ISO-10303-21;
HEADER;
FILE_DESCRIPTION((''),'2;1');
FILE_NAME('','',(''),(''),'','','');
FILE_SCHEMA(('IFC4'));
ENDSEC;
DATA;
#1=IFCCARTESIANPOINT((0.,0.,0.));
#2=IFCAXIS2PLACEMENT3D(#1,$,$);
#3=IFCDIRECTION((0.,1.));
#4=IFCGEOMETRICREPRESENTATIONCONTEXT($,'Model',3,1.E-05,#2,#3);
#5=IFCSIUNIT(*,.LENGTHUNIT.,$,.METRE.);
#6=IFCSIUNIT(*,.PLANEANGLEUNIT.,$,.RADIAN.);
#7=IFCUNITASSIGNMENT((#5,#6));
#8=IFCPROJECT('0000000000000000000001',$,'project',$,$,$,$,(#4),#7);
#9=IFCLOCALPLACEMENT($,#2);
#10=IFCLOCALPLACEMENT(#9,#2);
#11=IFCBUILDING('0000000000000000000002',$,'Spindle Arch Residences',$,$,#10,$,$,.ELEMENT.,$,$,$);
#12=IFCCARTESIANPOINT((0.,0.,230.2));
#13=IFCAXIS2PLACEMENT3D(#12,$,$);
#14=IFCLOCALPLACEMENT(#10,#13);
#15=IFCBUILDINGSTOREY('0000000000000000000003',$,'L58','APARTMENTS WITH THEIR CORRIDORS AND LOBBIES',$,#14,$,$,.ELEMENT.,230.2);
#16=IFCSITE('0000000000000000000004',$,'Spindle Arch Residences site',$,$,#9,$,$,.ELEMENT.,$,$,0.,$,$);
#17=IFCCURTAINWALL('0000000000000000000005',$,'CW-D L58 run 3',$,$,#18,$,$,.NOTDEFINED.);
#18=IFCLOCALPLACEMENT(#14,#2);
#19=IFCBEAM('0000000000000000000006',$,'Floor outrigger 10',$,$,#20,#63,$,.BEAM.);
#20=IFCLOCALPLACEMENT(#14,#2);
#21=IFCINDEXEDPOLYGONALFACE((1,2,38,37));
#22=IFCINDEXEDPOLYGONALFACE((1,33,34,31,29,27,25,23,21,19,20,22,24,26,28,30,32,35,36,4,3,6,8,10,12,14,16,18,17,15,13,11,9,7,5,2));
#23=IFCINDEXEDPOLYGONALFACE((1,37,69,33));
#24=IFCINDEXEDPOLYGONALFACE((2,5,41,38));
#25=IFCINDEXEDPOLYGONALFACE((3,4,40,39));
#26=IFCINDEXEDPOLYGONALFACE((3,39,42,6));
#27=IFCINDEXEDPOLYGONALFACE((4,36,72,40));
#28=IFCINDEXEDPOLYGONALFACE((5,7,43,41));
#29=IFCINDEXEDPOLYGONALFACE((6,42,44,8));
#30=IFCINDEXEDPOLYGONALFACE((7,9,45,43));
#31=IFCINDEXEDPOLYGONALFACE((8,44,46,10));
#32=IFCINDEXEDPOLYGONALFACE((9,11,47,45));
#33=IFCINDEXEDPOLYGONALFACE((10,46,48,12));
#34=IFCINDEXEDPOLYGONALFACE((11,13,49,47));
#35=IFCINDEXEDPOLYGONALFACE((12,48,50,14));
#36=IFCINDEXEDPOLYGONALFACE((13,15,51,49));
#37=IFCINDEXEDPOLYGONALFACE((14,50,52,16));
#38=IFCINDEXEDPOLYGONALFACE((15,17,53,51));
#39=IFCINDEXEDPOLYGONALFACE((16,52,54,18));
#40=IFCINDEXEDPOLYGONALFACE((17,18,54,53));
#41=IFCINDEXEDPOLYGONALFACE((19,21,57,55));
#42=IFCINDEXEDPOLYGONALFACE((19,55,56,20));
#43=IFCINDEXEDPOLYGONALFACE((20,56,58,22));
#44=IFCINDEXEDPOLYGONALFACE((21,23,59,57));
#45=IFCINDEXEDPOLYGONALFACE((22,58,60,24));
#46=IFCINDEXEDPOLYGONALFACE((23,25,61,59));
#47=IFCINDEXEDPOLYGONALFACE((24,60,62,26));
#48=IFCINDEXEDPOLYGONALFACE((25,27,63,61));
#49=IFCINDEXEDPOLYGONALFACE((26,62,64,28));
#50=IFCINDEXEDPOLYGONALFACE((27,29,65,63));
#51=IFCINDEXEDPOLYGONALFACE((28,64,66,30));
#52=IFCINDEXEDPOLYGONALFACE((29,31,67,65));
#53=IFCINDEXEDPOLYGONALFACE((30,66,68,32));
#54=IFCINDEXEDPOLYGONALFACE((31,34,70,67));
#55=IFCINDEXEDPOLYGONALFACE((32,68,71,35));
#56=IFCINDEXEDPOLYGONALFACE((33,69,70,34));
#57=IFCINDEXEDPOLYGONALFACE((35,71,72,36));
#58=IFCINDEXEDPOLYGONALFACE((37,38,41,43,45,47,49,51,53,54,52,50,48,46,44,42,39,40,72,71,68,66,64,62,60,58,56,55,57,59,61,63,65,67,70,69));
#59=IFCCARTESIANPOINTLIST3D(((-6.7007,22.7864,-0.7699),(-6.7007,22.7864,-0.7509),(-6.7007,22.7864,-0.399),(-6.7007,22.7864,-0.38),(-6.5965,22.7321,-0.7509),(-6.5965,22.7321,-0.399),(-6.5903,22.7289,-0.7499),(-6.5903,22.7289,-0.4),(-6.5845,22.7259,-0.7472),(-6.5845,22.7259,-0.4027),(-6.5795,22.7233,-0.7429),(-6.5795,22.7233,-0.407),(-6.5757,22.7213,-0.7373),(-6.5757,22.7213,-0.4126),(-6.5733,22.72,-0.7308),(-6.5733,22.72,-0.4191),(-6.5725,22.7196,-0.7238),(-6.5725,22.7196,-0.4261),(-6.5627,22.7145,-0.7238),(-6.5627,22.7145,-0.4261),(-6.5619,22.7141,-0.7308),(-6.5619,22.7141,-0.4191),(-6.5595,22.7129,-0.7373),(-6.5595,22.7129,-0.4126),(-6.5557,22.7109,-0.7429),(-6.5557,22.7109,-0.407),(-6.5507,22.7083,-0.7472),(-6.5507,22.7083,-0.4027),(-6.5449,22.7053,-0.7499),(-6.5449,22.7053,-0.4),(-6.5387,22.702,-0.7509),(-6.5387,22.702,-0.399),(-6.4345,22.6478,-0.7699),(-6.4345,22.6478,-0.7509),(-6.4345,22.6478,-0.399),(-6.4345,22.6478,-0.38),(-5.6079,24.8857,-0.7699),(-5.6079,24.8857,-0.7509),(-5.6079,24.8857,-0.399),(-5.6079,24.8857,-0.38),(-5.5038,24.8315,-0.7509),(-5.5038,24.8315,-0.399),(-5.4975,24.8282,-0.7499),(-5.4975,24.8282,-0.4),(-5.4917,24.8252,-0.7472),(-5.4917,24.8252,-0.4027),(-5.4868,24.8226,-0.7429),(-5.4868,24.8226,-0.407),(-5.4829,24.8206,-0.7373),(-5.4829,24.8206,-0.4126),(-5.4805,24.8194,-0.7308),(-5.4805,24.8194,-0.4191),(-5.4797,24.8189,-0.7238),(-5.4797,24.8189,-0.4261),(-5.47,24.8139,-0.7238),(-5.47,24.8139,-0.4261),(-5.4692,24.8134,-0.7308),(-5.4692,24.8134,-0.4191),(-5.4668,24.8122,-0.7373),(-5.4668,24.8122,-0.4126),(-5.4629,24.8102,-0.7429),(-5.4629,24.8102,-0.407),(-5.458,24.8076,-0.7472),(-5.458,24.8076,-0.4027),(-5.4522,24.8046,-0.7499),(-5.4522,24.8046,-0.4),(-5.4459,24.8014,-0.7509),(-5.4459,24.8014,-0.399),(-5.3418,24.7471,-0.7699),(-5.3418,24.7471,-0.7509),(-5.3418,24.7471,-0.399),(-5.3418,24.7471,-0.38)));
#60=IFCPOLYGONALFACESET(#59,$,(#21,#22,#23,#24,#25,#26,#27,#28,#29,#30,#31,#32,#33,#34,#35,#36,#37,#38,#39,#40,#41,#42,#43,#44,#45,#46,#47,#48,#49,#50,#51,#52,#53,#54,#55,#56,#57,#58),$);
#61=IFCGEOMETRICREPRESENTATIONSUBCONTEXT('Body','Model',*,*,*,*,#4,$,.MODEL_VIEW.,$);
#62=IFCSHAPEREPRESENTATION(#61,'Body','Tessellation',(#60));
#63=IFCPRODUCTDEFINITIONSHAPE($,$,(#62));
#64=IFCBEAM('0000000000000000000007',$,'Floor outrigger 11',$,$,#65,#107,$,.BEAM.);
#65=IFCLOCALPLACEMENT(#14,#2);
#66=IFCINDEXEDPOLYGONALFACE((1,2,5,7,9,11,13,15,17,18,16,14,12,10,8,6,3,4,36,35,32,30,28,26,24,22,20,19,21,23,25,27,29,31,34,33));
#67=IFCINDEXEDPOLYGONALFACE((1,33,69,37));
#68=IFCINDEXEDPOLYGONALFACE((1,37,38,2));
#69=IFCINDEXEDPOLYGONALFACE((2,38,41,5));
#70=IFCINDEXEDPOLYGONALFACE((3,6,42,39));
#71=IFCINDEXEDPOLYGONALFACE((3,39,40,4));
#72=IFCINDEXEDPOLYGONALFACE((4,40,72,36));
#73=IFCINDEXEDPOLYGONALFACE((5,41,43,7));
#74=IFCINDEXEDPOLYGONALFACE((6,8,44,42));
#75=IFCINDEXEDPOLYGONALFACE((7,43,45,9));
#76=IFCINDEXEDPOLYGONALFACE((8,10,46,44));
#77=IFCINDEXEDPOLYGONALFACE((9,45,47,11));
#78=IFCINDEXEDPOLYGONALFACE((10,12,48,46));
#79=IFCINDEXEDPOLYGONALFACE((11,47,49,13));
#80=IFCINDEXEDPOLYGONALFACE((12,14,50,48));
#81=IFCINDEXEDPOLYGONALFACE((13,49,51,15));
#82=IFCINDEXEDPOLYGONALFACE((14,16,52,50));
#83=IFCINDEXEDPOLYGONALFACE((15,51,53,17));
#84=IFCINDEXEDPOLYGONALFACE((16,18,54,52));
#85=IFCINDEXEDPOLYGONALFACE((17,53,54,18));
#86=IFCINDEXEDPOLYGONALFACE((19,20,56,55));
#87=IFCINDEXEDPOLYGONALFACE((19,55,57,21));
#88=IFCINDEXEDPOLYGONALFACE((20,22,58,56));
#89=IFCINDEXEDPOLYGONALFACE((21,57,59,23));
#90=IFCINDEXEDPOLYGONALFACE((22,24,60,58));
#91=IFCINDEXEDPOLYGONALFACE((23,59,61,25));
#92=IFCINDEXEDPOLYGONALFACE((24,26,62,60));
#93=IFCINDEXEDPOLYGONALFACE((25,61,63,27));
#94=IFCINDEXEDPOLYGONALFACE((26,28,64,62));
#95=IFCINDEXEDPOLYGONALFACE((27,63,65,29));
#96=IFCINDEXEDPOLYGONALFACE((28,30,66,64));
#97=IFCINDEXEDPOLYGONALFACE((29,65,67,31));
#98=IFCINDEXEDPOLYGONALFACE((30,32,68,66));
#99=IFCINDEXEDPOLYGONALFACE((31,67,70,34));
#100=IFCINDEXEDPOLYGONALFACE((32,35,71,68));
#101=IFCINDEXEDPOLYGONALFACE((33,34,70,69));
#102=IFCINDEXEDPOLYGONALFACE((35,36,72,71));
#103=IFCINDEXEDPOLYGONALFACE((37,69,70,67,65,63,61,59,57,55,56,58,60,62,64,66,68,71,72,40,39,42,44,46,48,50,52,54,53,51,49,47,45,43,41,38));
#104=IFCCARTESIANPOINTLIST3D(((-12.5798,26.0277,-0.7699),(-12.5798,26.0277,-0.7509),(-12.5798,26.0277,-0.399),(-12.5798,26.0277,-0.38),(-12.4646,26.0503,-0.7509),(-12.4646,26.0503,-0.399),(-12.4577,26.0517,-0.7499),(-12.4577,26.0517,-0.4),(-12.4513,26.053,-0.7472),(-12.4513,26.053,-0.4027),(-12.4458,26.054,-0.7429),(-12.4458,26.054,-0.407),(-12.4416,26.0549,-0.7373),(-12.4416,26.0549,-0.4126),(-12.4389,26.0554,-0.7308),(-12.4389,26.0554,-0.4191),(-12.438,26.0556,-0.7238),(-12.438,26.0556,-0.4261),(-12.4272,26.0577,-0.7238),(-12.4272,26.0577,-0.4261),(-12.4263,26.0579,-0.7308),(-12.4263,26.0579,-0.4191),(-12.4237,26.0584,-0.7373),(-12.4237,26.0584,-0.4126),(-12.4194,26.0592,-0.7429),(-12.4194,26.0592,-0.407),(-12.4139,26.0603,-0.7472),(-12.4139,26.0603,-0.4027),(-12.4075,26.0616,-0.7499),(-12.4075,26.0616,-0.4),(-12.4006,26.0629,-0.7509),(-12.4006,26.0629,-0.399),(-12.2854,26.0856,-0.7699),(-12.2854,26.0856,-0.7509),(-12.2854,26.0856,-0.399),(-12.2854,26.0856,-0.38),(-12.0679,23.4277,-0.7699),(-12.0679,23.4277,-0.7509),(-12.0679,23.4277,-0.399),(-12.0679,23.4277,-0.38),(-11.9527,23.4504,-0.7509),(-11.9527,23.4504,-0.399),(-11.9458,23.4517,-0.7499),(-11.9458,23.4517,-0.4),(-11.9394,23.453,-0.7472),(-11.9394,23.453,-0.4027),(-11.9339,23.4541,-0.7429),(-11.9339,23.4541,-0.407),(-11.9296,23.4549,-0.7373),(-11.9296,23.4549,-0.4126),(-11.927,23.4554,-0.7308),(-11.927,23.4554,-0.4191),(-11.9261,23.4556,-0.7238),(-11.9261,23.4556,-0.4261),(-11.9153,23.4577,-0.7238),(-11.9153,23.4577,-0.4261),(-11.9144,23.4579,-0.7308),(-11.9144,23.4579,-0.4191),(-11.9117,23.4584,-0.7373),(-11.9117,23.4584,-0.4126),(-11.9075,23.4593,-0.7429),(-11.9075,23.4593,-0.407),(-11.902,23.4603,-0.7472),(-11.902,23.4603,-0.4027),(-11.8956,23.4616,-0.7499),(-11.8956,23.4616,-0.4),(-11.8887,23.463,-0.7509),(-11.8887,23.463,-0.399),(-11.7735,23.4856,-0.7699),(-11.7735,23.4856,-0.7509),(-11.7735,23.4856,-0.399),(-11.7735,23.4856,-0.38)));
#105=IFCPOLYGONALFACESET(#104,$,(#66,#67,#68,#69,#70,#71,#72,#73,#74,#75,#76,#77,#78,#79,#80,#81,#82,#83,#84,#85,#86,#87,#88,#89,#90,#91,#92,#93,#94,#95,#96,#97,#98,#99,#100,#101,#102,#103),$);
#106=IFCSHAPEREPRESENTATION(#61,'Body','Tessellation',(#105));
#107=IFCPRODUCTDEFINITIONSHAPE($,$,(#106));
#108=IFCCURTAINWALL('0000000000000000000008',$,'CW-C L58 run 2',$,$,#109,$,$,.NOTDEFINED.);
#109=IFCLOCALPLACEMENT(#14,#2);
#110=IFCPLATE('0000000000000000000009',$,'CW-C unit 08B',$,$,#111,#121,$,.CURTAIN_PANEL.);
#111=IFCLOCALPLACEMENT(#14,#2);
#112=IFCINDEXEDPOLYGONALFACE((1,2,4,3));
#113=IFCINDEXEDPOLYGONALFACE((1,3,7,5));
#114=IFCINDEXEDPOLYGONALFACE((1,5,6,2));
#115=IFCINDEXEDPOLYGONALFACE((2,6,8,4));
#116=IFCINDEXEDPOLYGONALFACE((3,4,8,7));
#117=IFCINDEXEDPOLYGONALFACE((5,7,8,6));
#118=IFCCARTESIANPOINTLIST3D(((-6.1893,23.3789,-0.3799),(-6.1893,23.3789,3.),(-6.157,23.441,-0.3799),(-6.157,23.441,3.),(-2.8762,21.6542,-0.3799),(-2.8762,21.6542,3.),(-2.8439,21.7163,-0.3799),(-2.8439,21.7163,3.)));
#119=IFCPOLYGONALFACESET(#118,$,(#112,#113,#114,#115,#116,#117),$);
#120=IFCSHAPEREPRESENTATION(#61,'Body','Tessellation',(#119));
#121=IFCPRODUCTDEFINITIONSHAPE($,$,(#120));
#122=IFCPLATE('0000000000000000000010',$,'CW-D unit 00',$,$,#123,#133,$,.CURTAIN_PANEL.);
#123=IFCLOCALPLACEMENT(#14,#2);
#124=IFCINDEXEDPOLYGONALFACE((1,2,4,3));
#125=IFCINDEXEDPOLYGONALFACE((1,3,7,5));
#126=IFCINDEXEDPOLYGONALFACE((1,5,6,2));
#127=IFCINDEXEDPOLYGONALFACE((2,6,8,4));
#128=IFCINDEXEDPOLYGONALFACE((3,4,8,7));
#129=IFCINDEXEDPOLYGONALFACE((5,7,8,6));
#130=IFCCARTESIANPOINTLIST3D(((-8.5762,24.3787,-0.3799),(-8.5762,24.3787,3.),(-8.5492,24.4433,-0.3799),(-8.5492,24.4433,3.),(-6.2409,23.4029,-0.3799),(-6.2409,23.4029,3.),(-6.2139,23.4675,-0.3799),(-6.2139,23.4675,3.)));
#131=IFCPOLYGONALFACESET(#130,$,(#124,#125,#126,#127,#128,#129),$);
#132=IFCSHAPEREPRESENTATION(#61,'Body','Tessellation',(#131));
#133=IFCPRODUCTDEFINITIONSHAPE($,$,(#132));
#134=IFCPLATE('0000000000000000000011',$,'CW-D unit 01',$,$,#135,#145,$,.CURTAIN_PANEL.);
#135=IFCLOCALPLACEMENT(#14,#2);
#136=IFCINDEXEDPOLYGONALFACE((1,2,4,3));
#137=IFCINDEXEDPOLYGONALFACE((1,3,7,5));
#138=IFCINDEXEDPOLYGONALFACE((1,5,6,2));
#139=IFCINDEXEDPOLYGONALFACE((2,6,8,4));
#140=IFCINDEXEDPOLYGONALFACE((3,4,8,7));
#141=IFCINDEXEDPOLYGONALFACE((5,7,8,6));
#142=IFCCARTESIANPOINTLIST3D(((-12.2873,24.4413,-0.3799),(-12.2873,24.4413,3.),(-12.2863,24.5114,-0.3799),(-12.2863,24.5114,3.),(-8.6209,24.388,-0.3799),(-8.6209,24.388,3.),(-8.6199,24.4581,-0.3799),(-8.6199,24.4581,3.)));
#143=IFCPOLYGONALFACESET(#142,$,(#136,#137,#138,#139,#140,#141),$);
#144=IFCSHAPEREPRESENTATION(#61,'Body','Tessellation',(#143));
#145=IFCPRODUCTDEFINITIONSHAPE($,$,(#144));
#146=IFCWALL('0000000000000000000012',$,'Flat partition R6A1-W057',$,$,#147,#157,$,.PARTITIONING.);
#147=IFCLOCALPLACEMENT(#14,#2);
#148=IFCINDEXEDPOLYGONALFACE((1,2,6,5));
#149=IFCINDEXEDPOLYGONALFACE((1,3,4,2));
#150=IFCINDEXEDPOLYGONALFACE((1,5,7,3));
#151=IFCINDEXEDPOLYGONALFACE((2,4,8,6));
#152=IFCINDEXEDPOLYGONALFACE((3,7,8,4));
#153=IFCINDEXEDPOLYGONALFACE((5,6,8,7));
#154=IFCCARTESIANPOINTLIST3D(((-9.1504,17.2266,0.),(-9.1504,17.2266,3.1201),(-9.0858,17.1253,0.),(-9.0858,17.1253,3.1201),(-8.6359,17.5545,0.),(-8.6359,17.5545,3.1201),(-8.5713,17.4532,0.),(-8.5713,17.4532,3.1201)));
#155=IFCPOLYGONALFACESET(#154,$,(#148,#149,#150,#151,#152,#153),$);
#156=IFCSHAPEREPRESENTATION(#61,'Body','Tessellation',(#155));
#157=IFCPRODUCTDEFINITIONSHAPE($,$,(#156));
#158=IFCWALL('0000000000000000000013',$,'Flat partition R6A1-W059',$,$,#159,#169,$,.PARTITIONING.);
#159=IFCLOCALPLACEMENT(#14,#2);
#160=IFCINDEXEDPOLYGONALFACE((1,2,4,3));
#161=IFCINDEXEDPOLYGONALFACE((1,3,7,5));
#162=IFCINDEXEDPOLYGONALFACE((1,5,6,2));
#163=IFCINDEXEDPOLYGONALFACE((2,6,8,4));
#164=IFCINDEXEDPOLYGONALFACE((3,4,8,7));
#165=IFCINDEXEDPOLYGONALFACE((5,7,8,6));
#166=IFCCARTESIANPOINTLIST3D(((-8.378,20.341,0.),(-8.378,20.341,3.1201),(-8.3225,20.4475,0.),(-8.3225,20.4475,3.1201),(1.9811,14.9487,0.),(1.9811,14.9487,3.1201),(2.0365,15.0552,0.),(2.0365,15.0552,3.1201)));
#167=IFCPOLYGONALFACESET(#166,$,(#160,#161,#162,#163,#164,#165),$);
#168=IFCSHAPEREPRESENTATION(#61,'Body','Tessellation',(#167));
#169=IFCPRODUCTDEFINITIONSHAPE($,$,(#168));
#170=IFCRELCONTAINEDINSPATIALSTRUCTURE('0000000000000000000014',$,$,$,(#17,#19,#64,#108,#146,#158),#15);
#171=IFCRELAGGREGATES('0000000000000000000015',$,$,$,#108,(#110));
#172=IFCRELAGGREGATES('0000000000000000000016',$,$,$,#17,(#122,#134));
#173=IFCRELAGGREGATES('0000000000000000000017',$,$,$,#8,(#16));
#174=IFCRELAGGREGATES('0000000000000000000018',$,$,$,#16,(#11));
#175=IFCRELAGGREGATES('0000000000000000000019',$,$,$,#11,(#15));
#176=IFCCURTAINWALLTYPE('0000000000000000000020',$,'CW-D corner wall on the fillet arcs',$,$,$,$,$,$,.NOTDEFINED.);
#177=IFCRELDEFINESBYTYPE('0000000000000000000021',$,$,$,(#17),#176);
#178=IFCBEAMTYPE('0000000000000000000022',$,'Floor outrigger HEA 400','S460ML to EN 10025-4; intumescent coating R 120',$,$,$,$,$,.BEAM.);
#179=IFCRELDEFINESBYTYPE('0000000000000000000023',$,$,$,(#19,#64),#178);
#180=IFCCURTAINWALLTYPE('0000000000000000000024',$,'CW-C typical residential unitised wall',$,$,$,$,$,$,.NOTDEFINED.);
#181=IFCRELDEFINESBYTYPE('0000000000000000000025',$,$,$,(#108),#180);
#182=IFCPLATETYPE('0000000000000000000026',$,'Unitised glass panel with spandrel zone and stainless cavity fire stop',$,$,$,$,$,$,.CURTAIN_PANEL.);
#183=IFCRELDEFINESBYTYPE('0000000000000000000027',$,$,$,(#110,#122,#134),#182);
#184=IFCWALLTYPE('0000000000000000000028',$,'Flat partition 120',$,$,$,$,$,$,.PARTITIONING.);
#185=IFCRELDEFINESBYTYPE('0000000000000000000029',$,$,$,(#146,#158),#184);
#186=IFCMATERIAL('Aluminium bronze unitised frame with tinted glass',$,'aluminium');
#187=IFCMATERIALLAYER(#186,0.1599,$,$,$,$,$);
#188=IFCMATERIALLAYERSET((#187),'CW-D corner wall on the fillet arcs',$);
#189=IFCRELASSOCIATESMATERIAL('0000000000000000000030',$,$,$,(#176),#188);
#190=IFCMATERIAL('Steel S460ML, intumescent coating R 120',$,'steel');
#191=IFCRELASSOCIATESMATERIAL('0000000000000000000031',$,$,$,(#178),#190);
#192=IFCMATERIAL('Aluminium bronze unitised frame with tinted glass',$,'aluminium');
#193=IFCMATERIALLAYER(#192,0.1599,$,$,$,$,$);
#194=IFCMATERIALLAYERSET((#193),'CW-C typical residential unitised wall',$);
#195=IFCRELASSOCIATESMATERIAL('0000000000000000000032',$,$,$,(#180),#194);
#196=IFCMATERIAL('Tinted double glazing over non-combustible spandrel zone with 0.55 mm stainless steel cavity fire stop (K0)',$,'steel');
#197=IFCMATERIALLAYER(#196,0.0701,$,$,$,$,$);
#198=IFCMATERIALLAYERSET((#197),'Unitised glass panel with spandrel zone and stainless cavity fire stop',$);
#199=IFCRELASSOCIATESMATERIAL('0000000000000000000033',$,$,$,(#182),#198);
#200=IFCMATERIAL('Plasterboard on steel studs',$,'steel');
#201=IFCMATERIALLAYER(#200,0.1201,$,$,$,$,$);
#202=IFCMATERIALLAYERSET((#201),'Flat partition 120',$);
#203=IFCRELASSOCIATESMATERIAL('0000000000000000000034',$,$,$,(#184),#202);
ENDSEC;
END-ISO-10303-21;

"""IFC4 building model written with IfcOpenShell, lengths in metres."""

from ifc_helpers import new_model, si_unit, direction, frame, frame_2d, origin, origin_2d, place, context, subcontext, project, spatial, rectangle, i_section, extrude, material, layer, layer_set, material_profile, profile_set, type_object, element, aggregate, save


model = new_model("IFC4")

# Units and contexts
model_context = context("Model", 3, precision=1e-05, world=origin(), true_north=direction((0.0, 1.0)))
body_context = subcontext(model_context, "Body", "Model", "MODEL_VIEW")
ifc_project = project(units=[si_unit("LENGTHUNIT", "METRE"), si_unit("PLANEANGLEUNIT", "RADIAN")], contexts=[model_context])

# Site, building, storey
site_placement = place(None, origin())
site = spatial("IfcSite", under=ifc_project, at=site_placement, Name="Spindle Arch Residences site", CompositionType="ELEMENT", RefElevation=0.0)
building_placement = place(site_placement, origin())
building = spatial("IfcBuilding", under=site, at=building_placement, Name="Spindle Arch Residences", CompositionType="ELEMENT")
storey_placement = place(building_placement, frame((0.0, 0.0, 230.2)))
storey = spatial("IfcBuildingStorey", under=building, at=storey_placement, Name="L58", Description="APARTMENTS WITH THEIR CORRIDORS AND LOBBIES", CompositionType="ELEMENT", Elevation=230.2)

# Curtain wall
ifc_material_1 = material(Name="Aluminium bronze unitised frame with tinted glass", Category="aluminium")
ifc_layer_1 = layer(ifc_material_1, 0.1599)
ifc_layer_set_1 = layer_set([ifc_layer_1], Name="CW-D corner wall on the fillet arcs")
curtain_wall_type_1 = type_object("IfcCurtainWallType", Name="CW-D corner wall on the fillet arcs", PredefinedType="NOTDEFINED", material=ifc_layer_set_1)
curtain_wall_1_placement = place(storey_placement, origin())
curtain_wall_1 = element("IfcCurtainWall", 1, at=curtain_wall_1_placement, inside=storey, type_object=curtain_wall_type_1, Name="CW-D L58 run 3", PredefinedType="NOTDEFINED")

# Beams
ifc_material_2 = material(Name="Steel S460ML, intumescent coating R 120", Category="steel")
ifc_material_profile_1 = material_profile(ifc_material_2, i_section(OverallWidth=0.3, OverallDepth=0.3899, WebThickness=0.011, FlangeThickness=0.019, FilletRadius=0.0271, at=origin_2d()), Name="HEA 400")
ifc_profile_set_1 = profile_set([ifc_material_profile_1], Name="Steel S460ML, intumescent coating R 120")
beam_type_1 = type_object("IfcBeamType", Name="Floor outrigger HEA 400", Description="S460ML to EN 10025-4; intumescent coating R 120", PredefinedType="BEAM", material=ifc_profile_set_1)
beam_1_placement = place(storey_placement, frame((-5.4749, 24.8164, -0.575), z_axis=(-0.46172, -0.887026, 0.0), x_axis=(0.887026, -0.46172, 0.0)))
element("IfcBeam", 2, at=beam_1_placement, inside=storey, type_object=beam_type_1, Name="Floor outrigger 10", PredefinedType="BEAM", context=body_context, shape_type="SweptSolid", body=[
    extrude(i_section(OverallWidth=0.3, OverallDepth=0.3899, WebThickness=0.011, FlangeThickness=0.019, FilletRadius=0.0271, at=origin_2d()), origin(), (0.0, 0.0, 1.0), 2.3667),
])
beam_2_placement = place(storey_placement, frame((-12.4326, 26.0566, -0.575), z_axis=(0.193192, -0.981161, 0.0), x_axis=(0.981161, 0.193192, 0.0)))
element("IfcBeam", 3, at=beam_2_placement, inside=storey, type_object=beam_type_1, Name="Floor outrigger 11", PredefinedType="BEAM", context=body_context, shape_type="SweptSolid", body=[
    extrude(i_section(OverallWidth=0.3, OverallDepth=0.3899, WebThickness=0.011, FlangeThickness=0.019, FilletRadius=0.0271, at=origin_2d()), origin(), (0.0, 0.0, 1.0), 2.6499),
])

# Curtain wall, plate
ifc_material_3 = material(Name="Aluminium bronze unitised frame with tinted glass", Category="aluminium")
ifc_layer_2 = layer(ifc_material_3, 0.1599)
ifc_layer_set_2 = layer_set([ifc_layer_2], Name="CW-C typical residential unitised wall")
curtain_wall_type_2 = type_object("IfcCurtainWallType", Name="CW-C typical residential unitised wall", PredefinedType="NOTDEFINED", material=ifc_layer_set_2)
curtain_wall_2_placement = place(storey_placement, origin())
curtain_wall_2 = element("IfcCurtainWall", 4, at=curtain_wall_2_placement, inside=storey, type_object=curtain_wall_type_2, Name="CW-C L58 run 2", PredefinedType="NOTDEFINED")
ifc_material_4 = material(Name="Tinted double glazing over non-combustible spandrel zone with 0.55 mm stainless steel cavity fire stop (K0)", Category="steel")
ifc_layer_3 = layer(ifc_material_4, 0.0701)
ifc_layer_set_3 = layer_set([ifc_layer_3], Name="Unitised glass panel with spandrel zone and stainless cavity fire stop")
plate_type = type_object("IfcPlateType", Name="Unitised glass panel with spandrel zone and stainless cavity fire stop", PredefinedType="CURTAIN_PANEL", material=ifc_layer_set_3)
plate_1_placement = place(storey_placement, frame((-4.5166, 22.5476, -0.3799), z_axis=(0.0, 0.0, 1.0), x_axis=(-0.887011, 0.461749, 0.0)))
plate_1 = element("IfcPlate", 5, at=plate_1_placement, type_object=plate_type, Name="CW-C unit 08B", PredefinedType="CURTAIN_PANEL", context=body_context, shape_type="SweptSolid", body=[
    extrude(rectangle(XDim=3.7351, YDim=0.0701, at=origin_2d()), origin(), (0.0, 0.0, 1.0), 3.3799),
])
aggregate(curtain_wall_2, [plate_1])

# Plates
plate_2_placement = place(storey_placement, frame((-7.395, 23.9231, -0.3799), z_axis=(0.0, 0.0, 1.0), x_axis=(-0.922686, 0.385552, 0.0)))
plate_2 = element("IfcPlate", 6, at=plate_2_placement, type_object=plate_type, Name="CW-D unit 00", PredefinedType="CURTAIN_PANEL", context=body_context, shape_type="SweptSolid", body=[
    extrude(rectangle(XDim=2.531, YDim=0.0701, at=origin_2d()), origin(), (0.0, 0.0, 1.0), 3.3799),
])
plate_3_placement = place(storey_placement, frame((-10.4536, 24.4497, -0.3799), z_axis=(0.0, 0.0, 1.0), x_axis=(-0.999894, 0.014544, 0.0)))
plate_3 = element("IfcPlate", 7, at=plate_3_placement, type_object=plate_type, Name="CW-D unit 01", PredefinedType="CURTAIN_PANEL", context=body_context, shape_type="SweptSolid", body=[
    extrude(rectangle(XDim=3.6667, YDim=0.0701, at=origin_2d()), origin(), (0.0, 0.0, 1.0), 3.3799),
])
aggregate(curtain_wall_1, [plate_2, plate_3])

# Walls
ifc_material_5 = material(Name="Plasterboard on steel studs", Category="steel")
ifc_layer_4 = layer(ifc_material_5, 0.1201)
ifc_layer_set_4 = layer_set([ifc_layer_4], Name="Flat partition 120")
wall_type_1 = type_object("IfcWallType", Name="Flat partition 120", PredefinedType="PARTITIONING", material=ifc_layer_set_4)
wall_1_placement = place(storey_placement, frame((-8.6035, 17.5039, 0.0), z_axis=(0.0, 0.0, 1.0), x_axis=(-0.843266, -0.537497, 0.0)))
element("IfcWall", 8, at=wall_1_placement, inside=storey, type_object=wall_type_1, Name="Flat partition R6A1-W057", PredefinedType="PARTITIONING", context=body_context, shape_type="SweptSolid", body=[
    extrude(rectangle(XDim=0.6101, YDim=0.1201, at=frame_2d((0.3052, 0.0))), origin(), (0.0, 0.0, 1.0), 3.1201),
])
wall_2_placement = place(storey_placement, frame((-8.3503, 20.3943, 0.0), z_axis=(0.0, 0.0, 1.0), x_axis=(0.887021, -0.461729, 0.0)))
element("IfcWall", 9, at=wall_2_placement, inside=storey, type_object=wall_type_1, Name="Flat partition R6A1-W059", PredefinedType="PARTITIONING", context=body_context, shape_type="SweptSolid", body=[
    extrude(rectangle(XDim=11.6785, YDim=0.1201, at=frame_2d((5.8394, 0.0))), origin(), (0.0, 0.0, 1.0), 3.1201),
])

save(model, "model.ifc")
